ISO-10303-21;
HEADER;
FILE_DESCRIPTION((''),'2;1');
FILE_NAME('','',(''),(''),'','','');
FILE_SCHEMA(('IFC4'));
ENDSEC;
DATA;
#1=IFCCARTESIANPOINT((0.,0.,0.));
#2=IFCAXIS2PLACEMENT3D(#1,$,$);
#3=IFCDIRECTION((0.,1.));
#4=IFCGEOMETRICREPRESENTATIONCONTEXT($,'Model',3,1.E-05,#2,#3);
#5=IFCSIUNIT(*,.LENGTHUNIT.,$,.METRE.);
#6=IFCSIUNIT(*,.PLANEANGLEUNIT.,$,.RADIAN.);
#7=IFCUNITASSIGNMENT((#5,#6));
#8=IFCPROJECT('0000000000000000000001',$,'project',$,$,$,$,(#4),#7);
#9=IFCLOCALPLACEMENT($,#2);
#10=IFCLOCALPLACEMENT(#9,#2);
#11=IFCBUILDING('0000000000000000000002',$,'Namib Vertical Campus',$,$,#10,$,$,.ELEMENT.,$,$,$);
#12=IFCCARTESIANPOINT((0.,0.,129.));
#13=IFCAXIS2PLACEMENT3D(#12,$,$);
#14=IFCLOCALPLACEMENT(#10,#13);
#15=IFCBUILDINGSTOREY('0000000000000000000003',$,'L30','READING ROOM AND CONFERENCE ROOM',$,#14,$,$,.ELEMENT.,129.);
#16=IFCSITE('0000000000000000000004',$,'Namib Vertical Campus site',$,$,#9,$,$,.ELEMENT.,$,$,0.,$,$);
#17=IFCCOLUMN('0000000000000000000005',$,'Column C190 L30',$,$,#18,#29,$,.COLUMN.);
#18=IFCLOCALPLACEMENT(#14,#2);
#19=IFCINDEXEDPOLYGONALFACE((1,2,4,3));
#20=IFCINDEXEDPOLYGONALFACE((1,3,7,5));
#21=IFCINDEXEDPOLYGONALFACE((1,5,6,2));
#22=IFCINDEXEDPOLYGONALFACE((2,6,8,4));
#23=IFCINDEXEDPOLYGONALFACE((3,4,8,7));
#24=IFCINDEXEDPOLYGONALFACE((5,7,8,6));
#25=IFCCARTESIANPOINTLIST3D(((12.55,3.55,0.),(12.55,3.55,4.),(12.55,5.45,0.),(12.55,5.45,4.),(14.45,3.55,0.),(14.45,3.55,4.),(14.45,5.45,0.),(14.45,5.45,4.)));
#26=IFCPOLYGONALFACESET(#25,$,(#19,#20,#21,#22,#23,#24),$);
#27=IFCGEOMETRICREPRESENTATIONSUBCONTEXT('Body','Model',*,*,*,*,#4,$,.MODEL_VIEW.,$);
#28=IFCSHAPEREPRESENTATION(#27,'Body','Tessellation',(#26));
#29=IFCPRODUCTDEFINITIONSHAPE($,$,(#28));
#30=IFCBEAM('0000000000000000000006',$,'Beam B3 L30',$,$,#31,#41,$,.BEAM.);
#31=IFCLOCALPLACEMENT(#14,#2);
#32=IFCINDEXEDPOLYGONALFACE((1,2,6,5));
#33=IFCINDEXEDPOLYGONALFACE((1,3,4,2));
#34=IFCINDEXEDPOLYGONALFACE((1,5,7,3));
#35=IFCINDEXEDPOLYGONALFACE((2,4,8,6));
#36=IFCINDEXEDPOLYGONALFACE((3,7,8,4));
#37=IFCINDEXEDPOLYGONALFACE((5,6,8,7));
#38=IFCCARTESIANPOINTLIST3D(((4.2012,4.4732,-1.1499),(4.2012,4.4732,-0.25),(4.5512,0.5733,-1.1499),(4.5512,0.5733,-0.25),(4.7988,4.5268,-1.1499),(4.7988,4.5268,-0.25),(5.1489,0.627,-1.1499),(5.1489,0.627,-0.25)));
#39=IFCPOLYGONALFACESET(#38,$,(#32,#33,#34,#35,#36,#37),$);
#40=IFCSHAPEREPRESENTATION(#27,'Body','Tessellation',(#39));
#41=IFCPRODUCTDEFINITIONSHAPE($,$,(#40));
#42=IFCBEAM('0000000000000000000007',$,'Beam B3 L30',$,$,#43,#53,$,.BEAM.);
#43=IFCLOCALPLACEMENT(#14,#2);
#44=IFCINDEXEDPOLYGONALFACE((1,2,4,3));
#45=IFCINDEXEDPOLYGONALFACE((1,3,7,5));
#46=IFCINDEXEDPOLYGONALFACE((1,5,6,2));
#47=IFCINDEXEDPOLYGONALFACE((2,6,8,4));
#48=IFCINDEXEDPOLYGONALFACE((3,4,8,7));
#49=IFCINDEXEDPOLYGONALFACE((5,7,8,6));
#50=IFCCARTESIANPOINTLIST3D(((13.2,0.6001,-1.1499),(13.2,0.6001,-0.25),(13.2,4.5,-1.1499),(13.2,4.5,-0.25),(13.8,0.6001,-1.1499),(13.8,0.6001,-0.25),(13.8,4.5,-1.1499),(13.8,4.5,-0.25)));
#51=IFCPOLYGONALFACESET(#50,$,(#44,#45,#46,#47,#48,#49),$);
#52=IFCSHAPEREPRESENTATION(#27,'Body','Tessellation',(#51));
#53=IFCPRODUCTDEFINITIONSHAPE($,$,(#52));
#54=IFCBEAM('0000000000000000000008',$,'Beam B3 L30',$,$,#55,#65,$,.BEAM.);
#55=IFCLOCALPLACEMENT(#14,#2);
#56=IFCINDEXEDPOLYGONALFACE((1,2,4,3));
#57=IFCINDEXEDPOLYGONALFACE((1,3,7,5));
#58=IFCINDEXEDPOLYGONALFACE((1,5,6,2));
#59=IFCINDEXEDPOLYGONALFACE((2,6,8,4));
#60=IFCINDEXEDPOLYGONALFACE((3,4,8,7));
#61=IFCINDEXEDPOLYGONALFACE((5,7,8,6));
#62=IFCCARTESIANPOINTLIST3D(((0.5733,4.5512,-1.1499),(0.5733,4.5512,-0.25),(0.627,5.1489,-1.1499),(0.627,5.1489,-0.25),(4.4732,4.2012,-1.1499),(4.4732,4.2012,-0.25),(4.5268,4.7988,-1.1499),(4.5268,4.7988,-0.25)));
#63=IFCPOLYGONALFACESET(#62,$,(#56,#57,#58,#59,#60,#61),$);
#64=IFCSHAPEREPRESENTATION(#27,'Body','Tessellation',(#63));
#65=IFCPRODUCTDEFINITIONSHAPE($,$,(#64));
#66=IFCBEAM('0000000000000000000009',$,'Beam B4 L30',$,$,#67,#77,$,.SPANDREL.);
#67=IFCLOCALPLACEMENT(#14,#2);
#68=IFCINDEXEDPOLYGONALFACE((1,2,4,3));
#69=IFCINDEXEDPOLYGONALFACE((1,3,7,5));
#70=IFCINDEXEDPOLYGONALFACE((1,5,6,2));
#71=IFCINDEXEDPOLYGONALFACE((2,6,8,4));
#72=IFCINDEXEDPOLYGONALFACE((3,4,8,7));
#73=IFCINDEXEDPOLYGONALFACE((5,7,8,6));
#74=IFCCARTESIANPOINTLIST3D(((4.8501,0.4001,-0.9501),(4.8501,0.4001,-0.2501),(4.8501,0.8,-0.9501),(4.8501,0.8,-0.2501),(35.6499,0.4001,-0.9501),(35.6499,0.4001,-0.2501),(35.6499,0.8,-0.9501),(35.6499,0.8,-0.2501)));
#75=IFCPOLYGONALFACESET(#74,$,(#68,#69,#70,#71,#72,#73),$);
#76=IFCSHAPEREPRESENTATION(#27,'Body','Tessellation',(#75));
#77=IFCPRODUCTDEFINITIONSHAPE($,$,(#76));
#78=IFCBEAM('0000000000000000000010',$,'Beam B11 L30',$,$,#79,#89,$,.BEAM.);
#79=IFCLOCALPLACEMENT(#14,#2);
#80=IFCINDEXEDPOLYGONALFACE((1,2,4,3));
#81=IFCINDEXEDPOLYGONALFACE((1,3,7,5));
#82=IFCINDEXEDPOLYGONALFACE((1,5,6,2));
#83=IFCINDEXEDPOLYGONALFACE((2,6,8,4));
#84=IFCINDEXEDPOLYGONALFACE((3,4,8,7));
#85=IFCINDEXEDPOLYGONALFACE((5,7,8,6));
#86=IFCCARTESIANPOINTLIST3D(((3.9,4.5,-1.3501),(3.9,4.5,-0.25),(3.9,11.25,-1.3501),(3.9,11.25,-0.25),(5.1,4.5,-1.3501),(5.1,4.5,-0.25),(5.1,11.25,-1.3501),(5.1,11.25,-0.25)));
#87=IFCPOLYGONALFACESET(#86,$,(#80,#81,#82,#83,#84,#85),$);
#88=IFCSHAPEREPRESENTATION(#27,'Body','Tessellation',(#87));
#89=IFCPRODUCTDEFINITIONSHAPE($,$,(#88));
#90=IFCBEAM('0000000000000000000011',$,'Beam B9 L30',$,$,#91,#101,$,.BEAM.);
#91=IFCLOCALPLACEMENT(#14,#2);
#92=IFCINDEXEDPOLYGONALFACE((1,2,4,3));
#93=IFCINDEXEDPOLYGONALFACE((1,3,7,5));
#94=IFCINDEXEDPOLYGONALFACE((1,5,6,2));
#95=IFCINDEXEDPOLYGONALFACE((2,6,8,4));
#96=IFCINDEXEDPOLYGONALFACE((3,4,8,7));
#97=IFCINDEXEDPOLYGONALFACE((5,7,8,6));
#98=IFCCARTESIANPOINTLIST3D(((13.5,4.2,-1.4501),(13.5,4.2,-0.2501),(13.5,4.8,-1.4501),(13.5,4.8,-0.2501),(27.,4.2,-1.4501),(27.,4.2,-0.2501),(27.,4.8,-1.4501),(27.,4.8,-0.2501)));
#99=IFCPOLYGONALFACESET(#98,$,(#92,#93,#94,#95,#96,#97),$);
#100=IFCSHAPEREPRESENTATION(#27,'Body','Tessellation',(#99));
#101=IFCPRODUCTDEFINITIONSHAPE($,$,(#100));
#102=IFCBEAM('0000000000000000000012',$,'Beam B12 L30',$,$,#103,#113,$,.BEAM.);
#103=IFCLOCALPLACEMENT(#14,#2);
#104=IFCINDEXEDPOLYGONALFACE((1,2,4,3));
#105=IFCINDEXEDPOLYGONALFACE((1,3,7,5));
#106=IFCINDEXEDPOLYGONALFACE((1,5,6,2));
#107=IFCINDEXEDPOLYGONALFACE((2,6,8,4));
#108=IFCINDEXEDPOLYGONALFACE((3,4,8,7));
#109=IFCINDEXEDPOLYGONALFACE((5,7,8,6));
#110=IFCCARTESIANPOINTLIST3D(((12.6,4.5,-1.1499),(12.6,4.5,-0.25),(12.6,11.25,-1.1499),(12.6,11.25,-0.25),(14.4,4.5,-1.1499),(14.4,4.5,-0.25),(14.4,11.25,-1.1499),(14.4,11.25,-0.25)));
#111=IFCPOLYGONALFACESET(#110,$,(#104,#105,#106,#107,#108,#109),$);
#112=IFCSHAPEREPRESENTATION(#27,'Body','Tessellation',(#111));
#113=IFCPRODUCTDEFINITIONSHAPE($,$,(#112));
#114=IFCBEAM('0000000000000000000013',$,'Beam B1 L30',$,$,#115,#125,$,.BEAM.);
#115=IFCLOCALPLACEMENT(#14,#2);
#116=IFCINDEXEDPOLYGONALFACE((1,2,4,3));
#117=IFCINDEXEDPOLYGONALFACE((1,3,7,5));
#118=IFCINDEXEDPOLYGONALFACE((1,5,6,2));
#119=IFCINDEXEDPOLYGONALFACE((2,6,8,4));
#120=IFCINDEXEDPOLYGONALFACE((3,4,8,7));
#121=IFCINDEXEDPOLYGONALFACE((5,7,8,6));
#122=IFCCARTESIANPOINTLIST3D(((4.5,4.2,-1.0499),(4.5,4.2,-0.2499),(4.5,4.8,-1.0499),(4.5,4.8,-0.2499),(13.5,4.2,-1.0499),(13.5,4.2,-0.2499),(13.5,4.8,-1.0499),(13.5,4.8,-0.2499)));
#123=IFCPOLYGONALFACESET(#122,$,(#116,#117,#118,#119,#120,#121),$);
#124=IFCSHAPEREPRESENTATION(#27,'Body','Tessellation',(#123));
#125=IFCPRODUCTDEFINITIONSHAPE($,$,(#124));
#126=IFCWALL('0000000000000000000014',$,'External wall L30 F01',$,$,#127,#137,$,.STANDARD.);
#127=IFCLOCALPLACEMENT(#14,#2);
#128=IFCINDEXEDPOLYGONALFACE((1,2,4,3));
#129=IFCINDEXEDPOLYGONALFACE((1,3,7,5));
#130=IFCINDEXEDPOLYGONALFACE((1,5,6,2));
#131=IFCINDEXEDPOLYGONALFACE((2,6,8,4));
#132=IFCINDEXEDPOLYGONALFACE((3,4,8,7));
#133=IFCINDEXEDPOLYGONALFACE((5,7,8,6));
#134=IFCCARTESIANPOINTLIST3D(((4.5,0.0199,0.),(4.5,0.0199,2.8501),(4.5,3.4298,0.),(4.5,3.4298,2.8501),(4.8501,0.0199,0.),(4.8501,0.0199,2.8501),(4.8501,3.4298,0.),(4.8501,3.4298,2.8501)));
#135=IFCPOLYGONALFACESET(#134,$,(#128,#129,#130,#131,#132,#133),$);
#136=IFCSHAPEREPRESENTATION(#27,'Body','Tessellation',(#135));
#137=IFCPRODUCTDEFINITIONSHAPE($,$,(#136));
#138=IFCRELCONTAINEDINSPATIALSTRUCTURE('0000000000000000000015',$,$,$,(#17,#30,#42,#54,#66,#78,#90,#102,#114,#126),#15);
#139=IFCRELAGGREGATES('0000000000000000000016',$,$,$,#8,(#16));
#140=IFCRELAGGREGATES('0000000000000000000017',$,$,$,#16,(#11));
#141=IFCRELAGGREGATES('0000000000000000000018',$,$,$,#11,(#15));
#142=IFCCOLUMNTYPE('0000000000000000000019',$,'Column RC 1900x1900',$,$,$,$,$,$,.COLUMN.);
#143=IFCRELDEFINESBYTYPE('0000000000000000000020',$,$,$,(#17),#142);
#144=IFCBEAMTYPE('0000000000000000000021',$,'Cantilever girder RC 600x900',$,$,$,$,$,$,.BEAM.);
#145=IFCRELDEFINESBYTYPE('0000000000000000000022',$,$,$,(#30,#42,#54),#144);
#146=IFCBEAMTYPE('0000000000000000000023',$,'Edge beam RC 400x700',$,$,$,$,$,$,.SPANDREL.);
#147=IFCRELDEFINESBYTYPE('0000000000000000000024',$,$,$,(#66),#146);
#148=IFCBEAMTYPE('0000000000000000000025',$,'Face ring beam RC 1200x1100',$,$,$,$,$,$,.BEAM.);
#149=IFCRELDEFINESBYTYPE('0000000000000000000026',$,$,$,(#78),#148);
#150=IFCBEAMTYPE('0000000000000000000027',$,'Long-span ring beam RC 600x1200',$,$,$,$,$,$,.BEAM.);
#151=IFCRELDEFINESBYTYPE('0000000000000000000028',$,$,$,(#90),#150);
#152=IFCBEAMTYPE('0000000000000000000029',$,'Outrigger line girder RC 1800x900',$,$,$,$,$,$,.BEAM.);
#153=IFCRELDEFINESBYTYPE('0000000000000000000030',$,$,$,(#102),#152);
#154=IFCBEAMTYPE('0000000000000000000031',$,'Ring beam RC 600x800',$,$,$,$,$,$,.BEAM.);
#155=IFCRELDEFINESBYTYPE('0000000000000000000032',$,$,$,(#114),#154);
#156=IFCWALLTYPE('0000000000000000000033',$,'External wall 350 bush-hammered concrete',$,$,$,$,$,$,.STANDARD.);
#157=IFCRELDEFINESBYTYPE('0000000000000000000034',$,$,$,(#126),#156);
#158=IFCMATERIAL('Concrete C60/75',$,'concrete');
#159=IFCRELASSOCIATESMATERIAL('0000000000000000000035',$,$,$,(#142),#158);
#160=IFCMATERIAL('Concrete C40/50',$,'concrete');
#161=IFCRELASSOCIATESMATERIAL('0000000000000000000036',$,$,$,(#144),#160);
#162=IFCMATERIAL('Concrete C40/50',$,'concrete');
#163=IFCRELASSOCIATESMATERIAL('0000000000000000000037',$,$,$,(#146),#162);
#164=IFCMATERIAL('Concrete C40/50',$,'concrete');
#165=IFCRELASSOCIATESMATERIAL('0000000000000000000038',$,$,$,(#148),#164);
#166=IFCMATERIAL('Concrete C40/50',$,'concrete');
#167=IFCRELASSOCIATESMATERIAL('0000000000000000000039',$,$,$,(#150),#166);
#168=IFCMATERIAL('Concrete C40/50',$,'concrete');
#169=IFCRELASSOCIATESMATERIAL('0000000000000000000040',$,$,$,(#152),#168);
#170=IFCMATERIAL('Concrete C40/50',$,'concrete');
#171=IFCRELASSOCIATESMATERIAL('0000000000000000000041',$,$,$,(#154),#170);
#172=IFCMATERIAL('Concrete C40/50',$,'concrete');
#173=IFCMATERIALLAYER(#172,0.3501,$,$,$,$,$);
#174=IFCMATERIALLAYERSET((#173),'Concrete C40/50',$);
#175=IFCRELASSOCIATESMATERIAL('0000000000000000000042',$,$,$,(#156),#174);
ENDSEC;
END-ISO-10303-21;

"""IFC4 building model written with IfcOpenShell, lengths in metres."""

from ifc_helpers import new_model, si_unit, direction, frame, frame_2d, origin, origin_2d, place, context, subcontext, project, spatial, rectangle, extrude, material, layer, layer_set, material_profile, profile_set, type_object, element, save


model = new_model("IFC4")

# Units and contexts
model_context = context("Model", 3, precision=1e-05, world=origin(), true_north=direction((0.0, 1.0)))
body_context = subcontext(model_context, "Body", "Model", "MODEL_VIEW")
ifc_project = project(units=[si_unit("LENGTHUNIT", "METRE"), si_unit("PLANEANGLEUNIT", "RADIAN")], contexts=[model_context])

# Site, building, storey
site_placement = place(None, origin())
site = spatial("IfcSite", under=ifc_project, at=site_placement, Name="Namib Vertical Campus site", CompositionType="ELEMENT", RefElevation=0.0)
building_placement = place(site_placement, origin())
building = spatial("IfcBuilding", under=site, at=building_placement, Name="Namib Vertical Campus", CompositionType="ELEMENT")
storey_placement = place(building_placement, frame((0.0, 0.0, 129.0)))
storey = spatial("IfcBuildingStorey", under=building, at=storey_placement, Name="L30", Description="READING ROOM AND CONFERENCE ROOM", CompositionType="ELEMENT", Elevation=129.0)

# Column
ifc_material_1 = material(Name="Concrete C60/75", Category="concrete")
ifc_material_profile_1 = material_profile(ifc_material_1, rectangle(XDim=1.8999, YDim=1.8999, at=origin_2d()))
ifc_profile_set_1 = profile_set([ifc_material_profile_1], Name="Concrete C60/75")
column_type = type_object("IfcColumnType", Name="Column RC 1900x1900", PredefinedType="COLUMN", material=ifc_profile_set_1)
column_placement = place(storey_placement, frame((13.5, 4.5, 0.0), z_axis=(0.0, 0.0, 1.0), x_axis=(1.0, 0.0, 0.0)))
element("IfcColumn", 1, at=column_placement, inside=storey, type_object=column_type, Name="Column C190 L30", PredefinedType="COLUMN", context=body_context, shape_type="SweptSolid", body=[
    extrude(rectangle(XDim=1.8999, YDim=1.8999, at=origin_2d()), origin(), (0.0, 0.0, 1.0), 4.0),
])

# Beams
ifc_material_2 = material(Name="Concrete C40/50", Category="concrete")
ifc_material_profile_2 = material_profile(ifc_material_2, rectangle(XDim=0.6001, YDim=0.8999, at=origin_2d()))
ifc_profile_set_2 = profile_set([ifc_material_profile_2], Name="Concrete C40/50")
beam_type_1 = type_object("IfcBeamType", Name="Cantilever girder RC 600x900", PredefinedType="BEAM", material=ifc_profile_set_2)
beam_1_placement = place(storey_placement, frame((4.5, 4.5, -0.7), z_axis=(0.089411, -0.995995, 0.0), x_axis=(0.995995, 0.089411, 0.0)))
element("IfcBeam", 2, at=beam_1_placement, inside=storey, type_object=beam_type_1, Name="Beam B3 L30", PredefinedType="BEAM", context=body_context, shape_type="SweptSolid", body=[
    extrude(rectangle(XDim=0.6001, YDim=0.8999, at=origin_2d()), origin(), (0.0, 0.0, 1.0), 3.9155),
])
beam_2_placement = place(storey_placement, frame((13.5, 4.5, -0.7), z_axis=(0.0, -1.0, 0.0), x_axis=(1.0, 0.0, 0.0)))
element("IfcBeam", 3, at=beam_2_placement, inside=storey, type_object=beam_type_1, Name="Beam B3 L30", PredefinedType="BEAM", context=body_context, shape_type="SweptSolid", body=[
    extrude(rectangle(XDim=0.6001, YDim=0.8999, at=origin_2d()), origin(), (0.0, 0.0, 1.0), 3.8999),
])
beam_3_placement = place(storey_placement, frame((4.5, 4.5, -0.7), z_axis=(-0.995995, 0.089411, 0.0), x_axis=(-0.089411, -0.995995, 0.0)))
element("IfcBeam", 4, at=beam_3_placement, inside=storey, type_object=beam_type_1, Name="Beam B3 L30", PredefinedType="BEAM", context=body_context, shape_type="SweptSolid", body=[
    extrude(rectangle(XDim=0.6001, YDim=0.8999, at=origin_2d()), origin(), (0.0, 0.0, 1.0), 3.9155),
])
ifc_material_3 = material(Name="Concrete C40/50", Category="concrete")
ifc_material_profile_3 = material_profile(ifc_material_3, rectangle(XDim=0.3999, YDim=0.7, at=origin_2d()))
ifc_profile_set_3 = profile_set([ifc_material_profile_3], Name="Concrete C40/50")
beam_type_2 = type_object("IfcBeamType", Name="Edge beam RC 400x700", PredefinedType="SPANDREL", material=ifc_profile_set_3)
beam_4_placement = place(storey_placement, frame((4.8501, 0.6001, -0.6001), z_axis=(1.0, 0.0, 0.0), x_axis=(0.0, 1.0, 0.0)))
element("IfcBeam", 5, at=beam_4_placement, inside=storey, type_object=beam_type_2, Name="Beam B4 L30", PredefinedType="SPANDREL", context=body_context, shape_type="SweptSolid", body=[
    extrude(rectangle(XDim=0.3999, YDim=0.7, at=origin_2d()), origin(), (0.0, 0.0, 1.0), 30.7998),
])
ifc_material_4 = material(Name="Concrete C40/50", Category="concrete")
ifc_material_profile_4 = material_profile(ifc_material_4, rectangle(XDim=1.2, YDim=1.1001, at=origin_2d()))
ifc_profile_set_4 = profile_set([ifc_material_profile_4], Name="Concrete C40/50")
beam_type_3 = type_object("IfcBeamType", Name="Face ring beam RC 1200x1100", PredefinedType="BEAM", material=ifc_profile_set_4)
beam_5_placement = place(storey_placement, frame((4.5, 4.5, -0.8), z_axis=(0.0, 1.0, 0.0), x_axis=(-1.0, 0.0, 0.0)))
element("IfcBeam", 6, at=beam_5_placement, inside=storey, type_object=beam_type_3, Name="Beam B11 L30", PredefinedType="BEAM", context=body_context, shape_type="SweptSolid", body=[
    extrude(rectangle(XDim=1.2, YDim=1.1001, at=origin_2d()), origin(), (0.0, 0.0, 1.0), 6.75),
])
ifc_material_5 = material(Name="Concrete C40/50", Category="concrete")
ifc_material_profile_5 = material_profile(ifc_material_5, rectangle(XDim=0.6001, YDim=1.2, at=origin_2d()))
ifc_profile_set_5 = profile_set([ifc_material_profile_5], Name="Concrete C40/50")
beam_type_4 = type_object("IfcBeamType", Name="Long-span ring beam RC 600x1200", PredefinedType="BEAM", material=ifc_profile_set_5)
beam_6_placement = place(storey_placement, frame((13.5, 4.5, -0.8501), z_axis=(1.0, 0.0, 0.0), x_axis=(0.0, 1.0, 0.0)))
element("IfcBeam", 7, at=beam_6_placement, inside=storey, type_object=beam_type_4, Name="Beam B9 L30", PredefinedType="BEAM", context=body_context, shape_type="SweptSolid", body=[
    extrude(rectangle(XDim=0.6001, YDim=1.2, at=origin_2d()), origin(), (0.0, 0.0, 1.0), 13.5),
])
ifc_material_6 = material(Name="Concrete C40/50", Category="concrete")
ifc_material_profile_6 = material_profile(ifc_material_6, rectangle(XDim=1.8, YDim=0.8999, at=origin_2d()))
ifc_profile_set_6 = profile_set([ifc_material_profile_6], Name="Concrete C40/50")
beam_type_5 = type_object("IfcBeamType", Name="Outrigger line girder RC 1800x900", PredefinedType="BEAM", material=ifc_profile_set_6)
beam_7_placement = place(storey_placement, frame((13.5, 4.5, -0.7), z_axis=(0.0, 1.0, 0.0), x_axis=(-1.0, 0.0, 0.0)))
element("IfcBeam", 8, at=beam_7_placement, inside=storey, type_object=beam_type_5, Name="Beam B12 L30", PredefinedType="BEAM", context=body_context, shape_type="SweptSolid", body=[
    extrude(rectangle(XDim=1.8, YDim=0.8999, at=origin_2d()), origin(), (0.0, 0.0, 1.0), 6.75),
])
ifc_material_7 = material(Name="Concrete C40/50", Category="concrete")
ifc_material_profile_7 = material_profile(ifc_material_7, rectangle(XDim=0.6001, YDim=0.8, at=origin_2d()))
ifc_profile_set_7 = profile_set([ifc_material_profile_7], Name="Concrete C40/50")
beam_type_6 = type_object("IfcBeamType", Name="Ring beam RC 600x800", PredefinedType="BEAM", material=ifc_profile_set_7)
beam_8_placement = place(storey_placement, frame((4.5, 4.5, -0.6499), z_axis=(1.0, 0.0, 0.0), x_axis=(0.0, 1.0, 0.0)))
element("IfcBeam", 9, at=beam_8_placement, inside=storey, type_object=beam_type_6, Name="Beam B1 L30", PredefinedType="BEAM", context=body_context, shape_type="SweptSolid", body=[
    extrude(rectangle(XDim=0.6001, YDim=0.8, at=origin_2d()), origin(), (0.0, 0.0, 1.0), 9.0),
])

# Wall
ifc_material_8 = material(Name="Concrete C40/50", Category="concrete")
ifc_layer_1 = layer(ifc_material_8, 0.3501)
ifc_layer_set_1 = layer_set([ifc_layer_1], Name="Concrete C40/50")
wall_type_1 = type_object("IfcWallType", Name="External wall 350 bush-hammered concrete", PredefinedType="STANDARD", material=ifc_layer_set_1)
wall_1_placement = place(storey_placement, frame((4.675, 3.4299, 0.0), z_axis=(0.0, 0.0, 1.0), x_axis=(0.0, -1.0, 0.0)))
element("IfcWall", 10, at=wall_1_placement, inside=storey, type_object=wall_type_1, Name="External wall L30 F01", PredefinedType="STANDARD", context=body_context, shape_type="SweptSolid", body=[
    extrude(rectangle(XDim=3.4099, YDim=0.3501, at=frame_2d((1.7051, 0.0))), origin(), (0.0, 0.0, 1.0), 2.8501),
])

save(model, "model.ifc")
